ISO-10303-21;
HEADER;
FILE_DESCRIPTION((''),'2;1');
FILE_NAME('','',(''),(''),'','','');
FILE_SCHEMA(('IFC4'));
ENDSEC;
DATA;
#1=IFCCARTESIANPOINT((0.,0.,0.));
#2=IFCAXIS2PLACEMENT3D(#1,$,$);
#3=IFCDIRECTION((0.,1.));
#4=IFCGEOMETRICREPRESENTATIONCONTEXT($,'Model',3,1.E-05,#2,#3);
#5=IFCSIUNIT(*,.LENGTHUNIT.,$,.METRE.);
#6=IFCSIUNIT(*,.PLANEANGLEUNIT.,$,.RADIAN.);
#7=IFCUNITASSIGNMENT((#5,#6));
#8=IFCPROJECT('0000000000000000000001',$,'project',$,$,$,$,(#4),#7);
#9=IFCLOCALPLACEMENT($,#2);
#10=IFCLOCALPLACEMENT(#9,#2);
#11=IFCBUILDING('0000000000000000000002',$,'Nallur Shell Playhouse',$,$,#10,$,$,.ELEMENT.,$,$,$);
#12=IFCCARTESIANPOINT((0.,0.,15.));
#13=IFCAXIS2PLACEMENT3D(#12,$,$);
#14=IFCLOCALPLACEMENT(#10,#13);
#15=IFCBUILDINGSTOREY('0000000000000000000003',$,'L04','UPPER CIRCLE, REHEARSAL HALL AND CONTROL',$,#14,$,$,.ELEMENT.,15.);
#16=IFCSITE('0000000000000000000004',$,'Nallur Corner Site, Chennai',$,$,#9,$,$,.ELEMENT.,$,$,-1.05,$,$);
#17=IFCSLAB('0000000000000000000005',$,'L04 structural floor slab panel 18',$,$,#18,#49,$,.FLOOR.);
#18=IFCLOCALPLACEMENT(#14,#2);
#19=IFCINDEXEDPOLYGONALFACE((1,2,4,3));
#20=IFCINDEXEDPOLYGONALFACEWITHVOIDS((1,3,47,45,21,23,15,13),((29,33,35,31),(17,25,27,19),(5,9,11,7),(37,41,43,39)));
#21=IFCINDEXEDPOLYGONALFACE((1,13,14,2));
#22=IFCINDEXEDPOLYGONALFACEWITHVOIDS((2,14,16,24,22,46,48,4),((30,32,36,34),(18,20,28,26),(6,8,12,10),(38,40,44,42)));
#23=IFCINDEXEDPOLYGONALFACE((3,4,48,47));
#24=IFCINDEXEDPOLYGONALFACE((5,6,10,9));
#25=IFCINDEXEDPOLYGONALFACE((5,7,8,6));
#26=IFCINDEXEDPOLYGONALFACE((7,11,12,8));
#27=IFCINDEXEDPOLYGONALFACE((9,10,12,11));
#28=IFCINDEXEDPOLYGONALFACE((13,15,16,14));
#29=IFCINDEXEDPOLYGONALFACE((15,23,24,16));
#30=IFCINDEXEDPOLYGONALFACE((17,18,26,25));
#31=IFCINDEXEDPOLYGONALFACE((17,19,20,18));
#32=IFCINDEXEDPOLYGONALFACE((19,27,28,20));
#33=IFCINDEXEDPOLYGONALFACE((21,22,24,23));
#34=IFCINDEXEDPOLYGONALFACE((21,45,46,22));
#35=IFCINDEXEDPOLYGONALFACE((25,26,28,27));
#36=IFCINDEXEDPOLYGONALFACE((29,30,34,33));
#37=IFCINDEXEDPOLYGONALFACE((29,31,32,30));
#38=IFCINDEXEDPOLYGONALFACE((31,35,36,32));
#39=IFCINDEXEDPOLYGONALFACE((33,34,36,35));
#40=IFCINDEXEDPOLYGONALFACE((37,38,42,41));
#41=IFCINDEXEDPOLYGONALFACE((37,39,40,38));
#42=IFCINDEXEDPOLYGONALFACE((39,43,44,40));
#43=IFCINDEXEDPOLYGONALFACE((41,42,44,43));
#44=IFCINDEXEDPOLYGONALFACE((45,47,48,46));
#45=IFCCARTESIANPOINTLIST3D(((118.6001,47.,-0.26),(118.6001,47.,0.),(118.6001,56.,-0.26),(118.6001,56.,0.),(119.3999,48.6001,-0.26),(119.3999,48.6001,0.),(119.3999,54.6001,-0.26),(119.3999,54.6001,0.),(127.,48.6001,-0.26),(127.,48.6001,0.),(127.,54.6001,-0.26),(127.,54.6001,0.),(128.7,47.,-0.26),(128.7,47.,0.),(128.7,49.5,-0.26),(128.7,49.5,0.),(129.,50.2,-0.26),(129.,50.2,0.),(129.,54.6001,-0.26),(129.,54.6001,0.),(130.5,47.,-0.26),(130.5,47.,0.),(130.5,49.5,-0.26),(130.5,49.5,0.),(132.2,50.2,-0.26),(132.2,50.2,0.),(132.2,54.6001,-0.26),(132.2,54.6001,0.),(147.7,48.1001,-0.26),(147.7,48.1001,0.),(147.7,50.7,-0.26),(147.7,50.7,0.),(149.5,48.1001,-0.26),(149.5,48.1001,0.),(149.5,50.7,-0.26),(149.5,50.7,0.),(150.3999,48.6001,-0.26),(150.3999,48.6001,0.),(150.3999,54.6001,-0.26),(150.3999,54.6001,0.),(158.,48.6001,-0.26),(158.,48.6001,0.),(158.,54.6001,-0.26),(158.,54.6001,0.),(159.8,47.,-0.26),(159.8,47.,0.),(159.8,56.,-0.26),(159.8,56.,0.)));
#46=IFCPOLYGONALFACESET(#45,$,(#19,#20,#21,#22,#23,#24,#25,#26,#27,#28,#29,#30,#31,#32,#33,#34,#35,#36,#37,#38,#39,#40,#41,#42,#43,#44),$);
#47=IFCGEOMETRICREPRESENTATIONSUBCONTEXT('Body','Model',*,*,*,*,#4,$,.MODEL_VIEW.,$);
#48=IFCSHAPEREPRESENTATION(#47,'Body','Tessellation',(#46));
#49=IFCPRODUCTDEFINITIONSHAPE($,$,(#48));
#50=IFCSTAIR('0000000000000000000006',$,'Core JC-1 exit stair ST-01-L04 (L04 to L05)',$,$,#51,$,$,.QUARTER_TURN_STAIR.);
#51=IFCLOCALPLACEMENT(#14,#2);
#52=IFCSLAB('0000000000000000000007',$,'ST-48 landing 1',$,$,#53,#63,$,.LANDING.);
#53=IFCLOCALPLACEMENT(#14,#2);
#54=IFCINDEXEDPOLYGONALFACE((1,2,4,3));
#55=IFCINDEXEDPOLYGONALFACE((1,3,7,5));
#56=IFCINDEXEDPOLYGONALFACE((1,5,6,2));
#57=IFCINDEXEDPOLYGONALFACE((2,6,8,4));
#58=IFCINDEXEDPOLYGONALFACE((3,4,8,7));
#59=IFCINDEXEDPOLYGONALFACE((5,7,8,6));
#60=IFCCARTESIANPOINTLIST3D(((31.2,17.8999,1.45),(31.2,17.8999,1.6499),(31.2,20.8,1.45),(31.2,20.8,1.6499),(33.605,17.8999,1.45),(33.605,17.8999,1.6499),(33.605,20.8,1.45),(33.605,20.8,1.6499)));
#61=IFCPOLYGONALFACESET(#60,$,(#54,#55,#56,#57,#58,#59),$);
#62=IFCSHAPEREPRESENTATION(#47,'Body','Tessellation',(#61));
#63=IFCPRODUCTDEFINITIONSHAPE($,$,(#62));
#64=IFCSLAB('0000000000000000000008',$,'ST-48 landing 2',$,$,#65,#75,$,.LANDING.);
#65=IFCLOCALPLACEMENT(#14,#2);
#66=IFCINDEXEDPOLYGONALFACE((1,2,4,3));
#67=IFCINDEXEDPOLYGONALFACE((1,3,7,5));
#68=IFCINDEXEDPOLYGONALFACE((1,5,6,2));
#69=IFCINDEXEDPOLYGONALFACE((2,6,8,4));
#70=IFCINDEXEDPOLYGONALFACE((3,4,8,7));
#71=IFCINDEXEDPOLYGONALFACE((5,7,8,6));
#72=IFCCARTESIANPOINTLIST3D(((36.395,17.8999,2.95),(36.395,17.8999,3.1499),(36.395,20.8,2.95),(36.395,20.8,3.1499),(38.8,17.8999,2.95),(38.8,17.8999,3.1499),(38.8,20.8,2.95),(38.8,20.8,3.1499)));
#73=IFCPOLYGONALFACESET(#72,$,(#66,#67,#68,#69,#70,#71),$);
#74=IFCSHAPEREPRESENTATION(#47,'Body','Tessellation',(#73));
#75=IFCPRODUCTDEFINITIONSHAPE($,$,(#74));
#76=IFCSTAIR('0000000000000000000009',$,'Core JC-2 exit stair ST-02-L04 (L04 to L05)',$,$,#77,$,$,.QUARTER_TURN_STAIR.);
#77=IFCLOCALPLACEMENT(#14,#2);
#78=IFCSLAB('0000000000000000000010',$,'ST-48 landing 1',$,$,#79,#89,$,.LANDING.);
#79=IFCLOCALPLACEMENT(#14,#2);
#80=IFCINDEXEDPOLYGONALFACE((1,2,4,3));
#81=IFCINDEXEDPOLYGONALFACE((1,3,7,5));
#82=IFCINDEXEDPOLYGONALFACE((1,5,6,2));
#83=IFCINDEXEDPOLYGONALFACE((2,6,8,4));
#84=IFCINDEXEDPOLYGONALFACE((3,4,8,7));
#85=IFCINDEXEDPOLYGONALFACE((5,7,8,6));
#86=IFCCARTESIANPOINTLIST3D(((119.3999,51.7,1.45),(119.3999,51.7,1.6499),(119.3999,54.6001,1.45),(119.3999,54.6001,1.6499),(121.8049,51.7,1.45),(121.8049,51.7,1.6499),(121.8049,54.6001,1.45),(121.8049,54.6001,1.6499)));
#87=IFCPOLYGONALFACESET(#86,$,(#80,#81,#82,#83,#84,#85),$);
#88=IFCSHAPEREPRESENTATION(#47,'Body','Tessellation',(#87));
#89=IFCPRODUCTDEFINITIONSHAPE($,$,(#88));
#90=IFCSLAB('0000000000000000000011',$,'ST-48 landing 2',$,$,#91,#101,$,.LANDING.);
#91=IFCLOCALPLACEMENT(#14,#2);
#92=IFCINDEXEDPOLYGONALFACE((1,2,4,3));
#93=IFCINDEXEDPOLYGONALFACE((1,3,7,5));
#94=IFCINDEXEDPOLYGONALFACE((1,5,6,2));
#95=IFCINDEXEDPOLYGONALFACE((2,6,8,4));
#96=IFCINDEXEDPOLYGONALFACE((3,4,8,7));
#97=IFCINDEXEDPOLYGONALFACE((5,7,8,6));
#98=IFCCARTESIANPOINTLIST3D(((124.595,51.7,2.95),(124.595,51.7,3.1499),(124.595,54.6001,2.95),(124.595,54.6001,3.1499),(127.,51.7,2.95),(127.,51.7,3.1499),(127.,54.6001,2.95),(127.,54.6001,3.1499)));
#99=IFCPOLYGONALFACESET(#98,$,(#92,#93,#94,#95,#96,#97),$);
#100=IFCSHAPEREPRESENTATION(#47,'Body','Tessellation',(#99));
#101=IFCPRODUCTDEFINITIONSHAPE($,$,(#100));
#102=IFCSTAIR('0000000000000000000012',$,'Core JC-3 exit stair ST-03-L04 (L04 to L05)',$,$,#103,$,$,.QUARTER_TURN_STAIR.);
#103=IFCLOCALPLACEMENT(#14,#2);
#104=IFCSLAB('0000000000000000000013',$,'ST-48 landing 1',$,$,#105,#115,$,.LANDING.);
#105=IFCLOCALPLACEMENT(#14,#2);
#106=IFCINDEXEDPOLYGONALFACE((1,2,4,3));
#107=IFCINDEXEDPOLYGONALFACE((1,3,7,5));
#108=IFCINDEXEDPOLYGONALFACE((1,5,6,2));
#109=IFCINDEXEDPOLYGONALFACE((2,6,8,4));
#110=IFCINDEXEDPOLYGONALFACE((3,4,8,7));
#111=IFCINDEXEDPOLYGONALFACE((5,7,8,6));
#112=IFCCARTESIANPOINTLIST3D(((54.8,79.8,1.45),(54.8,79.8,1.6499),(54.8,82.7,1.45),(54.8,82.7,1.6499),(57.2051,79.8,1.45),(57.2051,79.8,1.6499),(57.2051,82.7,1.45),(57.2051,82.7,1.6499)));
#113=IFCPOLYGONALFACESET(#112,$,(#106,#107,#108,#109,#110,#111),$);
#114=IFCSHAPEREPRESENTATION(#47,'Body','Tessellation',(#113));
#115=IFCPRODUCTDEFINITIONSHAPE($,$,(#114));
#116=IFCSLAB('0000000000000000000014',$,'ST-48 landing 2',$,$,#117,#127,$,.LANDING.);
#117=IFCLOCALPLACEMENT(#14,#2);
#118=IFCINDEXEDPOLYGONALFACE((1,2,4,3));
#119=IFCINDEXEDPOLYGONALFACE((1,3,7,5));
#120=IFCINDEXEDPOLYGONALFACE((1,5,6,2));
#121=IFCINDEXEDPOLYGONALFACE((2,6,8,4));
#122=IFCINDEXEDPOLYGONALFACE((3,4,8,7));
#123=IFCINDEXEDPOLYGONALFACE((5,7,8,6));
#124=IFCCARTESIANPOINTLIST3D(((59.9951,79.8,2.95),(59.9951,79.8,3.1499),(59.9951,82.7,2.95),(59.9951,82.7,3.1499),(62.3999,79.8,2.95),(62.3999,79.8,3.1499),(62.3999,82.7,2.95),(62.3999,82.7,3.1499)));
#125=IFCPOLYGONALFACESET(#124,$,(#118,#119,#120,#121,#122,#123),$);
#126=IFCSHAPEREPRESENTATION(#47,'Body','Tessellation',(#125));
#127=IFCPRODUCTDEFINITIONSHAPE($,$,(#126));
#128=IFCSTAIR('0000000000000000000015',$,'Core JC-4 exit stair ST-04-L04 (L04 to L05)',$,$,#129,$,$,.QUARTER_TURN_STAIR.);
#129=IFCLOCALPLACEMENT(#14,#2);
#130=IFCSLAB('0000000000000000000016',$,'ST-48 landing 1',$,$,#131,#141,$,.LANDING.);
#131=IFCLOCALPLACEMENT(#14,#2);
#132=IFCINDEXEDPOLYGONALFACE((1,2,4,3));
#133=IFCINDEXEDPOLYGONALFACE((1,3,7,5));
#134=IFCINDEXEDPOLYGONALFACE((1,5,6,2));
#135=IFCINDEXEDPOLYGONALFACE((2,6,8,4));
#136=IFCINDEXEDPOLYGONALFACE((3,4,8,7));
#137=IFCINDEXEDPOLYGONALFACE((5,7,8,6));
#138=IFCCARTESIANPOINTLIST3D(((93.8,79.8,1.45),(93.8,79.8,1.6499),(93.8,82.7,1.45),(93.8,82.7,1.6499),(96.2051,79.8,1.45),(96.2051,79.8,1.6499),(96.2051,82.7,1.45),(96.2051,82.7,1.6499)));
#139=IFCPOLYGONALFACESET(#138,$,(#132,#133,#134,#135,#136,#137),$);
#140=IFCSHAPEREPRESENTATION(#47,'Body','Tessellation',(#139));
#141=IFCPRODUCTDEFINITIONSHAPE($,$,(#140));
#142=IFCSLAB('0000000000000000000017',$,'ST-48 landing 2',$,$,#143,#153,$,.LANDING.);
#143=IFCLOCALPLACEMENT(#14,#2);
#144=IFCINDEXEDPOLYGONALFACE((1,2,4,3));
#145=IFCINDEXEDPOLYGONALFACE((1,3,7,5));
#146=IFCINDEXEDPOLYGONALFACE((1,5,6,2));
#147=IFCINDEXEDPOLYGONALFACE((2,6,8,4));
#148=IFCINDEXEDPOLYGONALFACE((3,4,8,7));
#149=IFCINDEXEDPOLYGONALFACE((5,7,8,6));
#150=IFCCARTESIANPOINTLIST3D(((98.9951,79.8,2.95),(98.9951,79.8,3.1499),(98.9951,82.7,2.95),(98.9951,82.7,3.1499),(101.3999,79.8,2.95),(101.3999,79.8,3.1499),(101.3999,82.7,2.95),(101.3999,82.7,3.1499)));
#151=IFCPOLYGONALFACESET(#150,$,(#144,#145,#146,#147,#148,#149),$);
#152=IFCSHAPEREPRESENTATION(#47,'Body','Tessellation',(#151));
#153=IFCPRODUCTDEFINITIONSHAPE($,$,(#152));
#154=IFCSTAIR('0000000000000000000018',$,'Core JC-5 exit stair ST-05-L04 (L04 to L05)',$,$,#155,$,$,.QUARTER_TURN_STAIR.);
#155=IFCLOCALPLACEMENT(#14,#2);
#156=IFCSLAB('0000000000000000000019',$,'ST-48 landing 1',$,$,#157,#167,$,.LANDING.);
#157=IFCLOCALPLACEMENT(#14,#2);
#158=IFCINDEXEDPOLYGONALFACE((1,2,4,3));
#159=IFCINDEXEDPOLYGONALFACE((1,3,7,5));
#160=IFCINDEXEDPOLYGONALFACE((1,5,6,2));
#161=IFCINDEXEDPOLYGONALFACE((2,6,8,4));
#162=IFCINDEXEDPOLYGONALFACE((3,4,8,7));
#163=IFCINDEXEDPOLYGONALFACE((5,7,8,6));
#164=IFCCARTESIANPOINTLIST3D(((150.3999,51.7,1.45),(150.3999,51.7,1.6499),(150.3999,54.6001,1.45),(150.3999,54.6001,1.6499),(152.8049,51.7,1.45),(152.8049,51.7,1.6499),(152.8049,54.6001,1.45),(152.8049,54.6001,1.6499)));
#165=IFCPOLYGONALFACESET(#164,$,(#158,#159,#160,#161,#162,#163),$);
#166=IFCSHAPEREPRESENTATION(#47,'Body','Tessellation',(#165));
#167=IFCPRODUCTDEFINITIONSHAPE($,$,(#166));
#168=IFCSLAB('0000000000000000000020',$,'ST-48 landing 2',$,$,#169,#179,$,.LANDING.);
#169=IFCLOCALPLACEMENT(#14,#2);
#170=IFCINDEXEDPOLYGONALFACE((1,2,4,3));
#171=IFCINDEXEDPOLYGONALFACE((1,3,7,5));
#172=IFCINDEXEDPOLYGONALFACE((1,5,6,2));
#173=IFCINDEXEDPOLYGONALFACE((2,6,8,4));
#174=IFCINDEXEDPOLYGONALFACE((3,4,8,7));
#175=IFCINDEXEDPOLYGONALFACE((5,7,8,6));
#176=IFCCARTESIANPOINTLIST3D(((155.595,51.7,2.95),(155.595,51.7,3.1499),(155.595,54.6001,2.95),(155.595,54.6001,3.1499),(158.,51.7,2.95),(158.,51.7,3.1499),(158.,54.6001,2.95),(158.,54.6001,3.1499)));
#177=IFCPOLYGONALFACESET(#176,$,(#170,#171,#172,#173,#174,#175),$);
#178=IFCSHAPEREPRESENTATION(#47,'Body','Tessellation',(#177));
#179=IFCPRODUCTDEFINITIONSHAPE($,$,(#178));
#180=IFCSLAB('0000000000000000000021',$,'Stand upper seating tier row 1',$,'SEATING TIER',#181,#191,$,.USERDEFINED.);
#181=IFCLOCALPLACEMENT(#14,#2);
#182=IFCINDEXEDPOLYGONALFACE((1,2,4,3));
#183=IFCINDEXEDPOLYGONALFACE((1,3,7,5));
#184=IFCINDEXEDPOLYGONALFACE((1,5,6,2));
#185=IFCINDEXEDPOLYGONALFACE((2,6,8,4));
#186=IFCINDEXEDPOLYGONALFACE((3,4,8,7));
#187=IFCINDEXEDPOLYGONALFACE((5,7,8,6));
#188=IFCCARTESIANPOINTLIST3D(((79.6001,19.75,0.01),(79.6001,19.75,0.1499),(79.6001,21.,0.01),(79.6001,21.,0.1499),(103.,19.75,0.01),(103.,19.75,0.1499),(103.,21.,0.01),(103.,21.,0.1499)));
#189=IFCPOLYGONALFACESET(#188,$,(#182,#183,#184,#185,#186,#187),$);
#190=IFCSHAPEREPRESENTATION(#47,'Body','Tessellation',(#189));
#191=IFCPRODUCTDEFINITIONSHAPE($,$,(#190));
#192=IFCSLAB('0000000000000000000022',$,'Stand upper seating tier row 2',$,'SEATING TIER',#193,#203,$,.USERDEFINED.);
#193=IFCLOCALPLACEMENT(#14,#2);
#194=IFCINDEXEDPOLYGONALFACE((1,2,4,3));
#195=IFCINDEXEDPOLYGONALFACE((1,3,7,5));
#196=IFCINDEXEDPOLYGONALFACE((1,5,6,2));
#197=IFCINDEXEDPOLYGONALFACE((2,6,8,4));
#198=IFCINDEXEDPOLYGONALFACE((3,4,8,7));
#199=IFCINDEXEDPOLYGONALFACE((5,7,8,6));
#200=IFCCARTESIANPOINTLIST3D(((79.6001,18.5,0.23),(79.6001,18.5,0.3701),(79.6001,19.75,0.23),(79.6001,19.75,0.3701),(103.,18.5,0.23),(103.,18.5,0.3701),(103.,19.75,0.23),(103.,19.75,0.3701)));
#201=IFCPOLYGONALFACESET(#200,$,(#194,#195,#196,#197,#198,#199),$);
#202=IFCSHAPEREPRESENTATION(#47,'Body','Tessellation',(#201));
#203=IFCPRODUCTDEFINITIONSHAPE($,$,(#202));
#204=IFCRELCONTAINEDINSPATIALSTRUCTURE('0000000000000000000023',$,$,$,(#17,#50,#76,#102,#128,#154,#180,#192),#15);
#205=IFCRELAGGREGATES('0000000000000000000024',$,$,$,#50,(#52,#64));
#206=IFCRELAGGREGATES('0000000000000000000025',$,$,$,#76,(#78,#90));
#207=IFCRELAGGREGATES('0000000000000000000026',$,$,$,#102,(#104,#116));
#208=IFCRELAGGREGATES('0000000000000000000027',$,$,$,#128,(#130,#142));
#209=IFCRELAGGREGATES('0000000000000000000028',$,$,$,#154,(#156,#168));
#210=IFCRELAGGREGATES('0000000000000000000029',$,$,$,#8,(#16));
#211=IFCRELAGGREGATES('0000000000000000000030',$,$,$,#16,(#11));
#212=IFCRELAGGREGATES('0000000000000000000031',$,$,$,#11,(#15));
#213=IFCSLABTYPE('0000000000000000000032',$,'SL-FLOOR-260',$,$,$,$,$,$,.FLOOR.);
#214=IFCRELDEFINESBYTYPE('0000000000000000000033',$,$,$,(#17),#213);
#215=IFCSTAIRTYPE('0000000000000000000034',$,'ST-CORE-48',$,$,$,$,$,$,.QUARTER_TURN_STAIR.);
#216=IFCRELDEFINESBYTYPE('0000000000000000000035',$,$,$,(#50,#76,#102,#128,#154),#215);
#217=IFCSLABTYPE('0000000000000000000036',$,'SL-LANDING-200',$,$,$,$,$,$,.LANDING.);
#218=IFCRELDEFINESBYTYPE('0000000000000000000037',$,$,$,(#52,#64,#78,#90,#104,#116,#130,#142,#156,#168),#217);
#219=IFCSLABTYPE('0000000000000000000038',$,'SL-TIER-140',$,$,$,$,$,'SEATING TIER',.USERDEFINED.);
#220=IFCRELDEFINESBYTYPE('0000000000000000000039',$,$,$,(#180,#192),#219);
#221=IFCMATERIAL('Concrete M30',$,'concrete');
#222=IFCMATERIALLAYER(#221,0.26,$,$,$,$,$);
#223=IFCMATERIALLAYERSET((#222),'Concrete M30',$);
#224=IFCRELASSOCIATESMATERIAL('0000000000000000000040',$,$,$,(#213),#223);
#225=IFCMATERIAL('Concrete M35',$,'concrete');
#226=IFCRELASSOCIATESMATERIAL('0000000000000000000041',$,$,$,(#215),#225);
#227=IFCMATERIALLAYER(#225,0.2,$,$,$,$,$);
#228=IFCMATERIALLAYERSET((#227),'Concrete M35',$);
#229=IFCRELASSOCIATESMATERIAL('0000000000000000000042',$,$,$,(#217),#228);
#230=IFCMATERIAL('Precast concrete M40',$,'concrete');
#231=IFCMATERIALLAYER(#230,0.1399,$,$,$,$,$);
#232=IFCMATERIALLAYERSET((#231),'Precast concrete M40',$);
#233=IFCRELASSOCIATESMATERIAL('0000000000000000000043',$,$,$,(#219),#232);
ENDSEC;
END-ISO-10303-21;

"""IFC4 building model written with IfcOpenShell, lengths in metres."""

from ifc_helpers import new_model, si_unit, direction, frame, origin, place, context, subcontext, project, spatial, polyline, outline, extrude, material, layer, layer_set, type_object, element, aggregate, save


model = new_model("IFC4")

# Units and contexts
model_context = context("Model", 3, precision=1e-05, world=origin(), true_north=direction((0.0, 1.0)))
body_context = subcontext(model_context, "Body", "Model", "MODEL_VIEW")
ifc_project = project(units=[si_unit("LENGTHUNIT", "METRE"), si_unit("PLANEANGLEUNIT", "RADIAN")], contexts=[model_context])

# Site, building, storey
site_placement = place(None, origin())
site = spatial("IfcSite", under=ifc_project, at=site_placement, Name="Nallur Corner Site, Chennai", CompositionType="ELEMENT", RefElevation=-1.05)
building_placement = place(site_placement, origin())
building = spatial("IfcBuilding", under=site, at=building_placement, Name="Nallur Shell Playhouse", CompositionType="ELEMENT")
storey_placement = place(building_placement, frame((0.0, 0.0, 15.0)))
storey = spatial("IfcBuildingStorey", under=building, at=storey_placement, Name="L04", Description="UPPER CIRCLE, REHEARSAL HALL AND CONTROL", CompositionType="ELEMENT", Elevation=15.0)

# Slab
ifc_material_1 = material(Name="Concrete M35", Category="concrete")
ifc_material_2 = material(Name="Concrete M30", Category="concrete")
ifc_layer_1 = layer(ifc_material_2, 0.26)
ifc_layer_set_1 = layer_set([ifc_layer_1], Name="Concrete M30")
slab_type_1 = type_object("IfcSlabType", Name="SL-FLOOR-260", PredefinedType="FLOOR", material=ifc_layer_set_1)
slab_1_placement = place(storey_placement, frame((0.0, 0.0, -0.26)))
element("IfcSlab", 1, at=slab_1_placement, inside=storey, type_object=slab_type_1, Name="L04 structural floor slab panel 18", PredefinedType="FLOOR", context=body_context, shape_type="SweptSolid", body=[
    extrude(outline(polyline([(118.6001, 56.0), (159.8, 56.0), (159.8, 47.0), (130.5, 47.0), (130.5, 49.5), (128.7, 49.5), (128.7, 47.0), (118.6001, 47.0), (118.6001, 56.0)]), holes=[polyline([(147.7, 50.7), (147.7, 48.1001), (149.5, 48.1001), (149.5, 50.7), (147.7, 50.7)]), polyline([(127.0, 48.6001), (127.0, 54.6001), (119.3999, 54.6001), (119.3999, 48.6001), (127.0, 48.6001)]), polyline([(158.0, 48.6001), (158.0, 54.6001), (150.3999, 54.6001), (150.3999, 48.6001), (158.0, 48.6001)]), polyline([(129.0, 54.6001), (129.0, 50.2), (132.2, 50.2), (132.2, 54.6001), (129.0, 54.6001)])]), origin(), (0.0, 0.0, 1.0), 0.26),
])

# Stairs, slabs
stair_type = type_object("IfcStairType", Name="ST-CORE-48", PredefinedType="QUARTER_TURN_STAIR", material=ifc_material_1)
stair_1_placement = place(storey_placement, origin())
stair_1 = element("IfcStair", 2, at=stair_1_placement, inside=storey, type_object=stair_type, Name="Core JC-1 exit stair ST-01-L04 (L04 to L05)", PredefinedType="QUARTER_TURN_STAIR")
ifc_layer_2 = layer(ifc_material_1, 0.2)
ifc_layer_set_2 = layer_set([ifc_layer_2], Name="Concrete M35")
slab_type_2 = type_object("IfcSlabType", Name="SL-LANDING-200", PredefinedType="LANDING", material=ifc_layer_set_2)
slab_2_placement = place(storey_placement, frame((0.0, 0.0, 1.45)))
slab_2 = element("IfcSlab", 3, at=slab_2_placement, type_object=slab_type_2, Name="ST-48 landing 1", PredefinedType="LANDING", context=body_context, shape_type="SweptSolid", body=[
    extrude(outline(polyline([(31.2, 17.8999), (33.605, 17.8999), (33.605, 20.8), (31.2, 20.8), (31.2, 17.8999)])), origin(), (0.0, 0.0, 1.0), 0.2),
])
slab_3_placement = place(storey_placement, frame((0.0, 0.0, 2.95)))
slab_3 = element("IfcSlab", 4, at=slab_3_placement, type_object=slab_type_2, Name="ST-48 landing 2", PredefinedType="LANDING", context=body_context, shape_type="SweptSolid", body=[
    extrude(outline(polyline([(36.395, 17.8999), (38.8, 17.8999), (38.8, 20.8), (36.395, 20.8), (36.395, 17.8999)])), origin(), (0.0, 0.0, 1.0), 0.2),
])
aggregate(stair_1, [slab_2, slab_3])
stair_2_placement = place(storey_placement, origin())
stair_2 = element("IfcStair", 5, at=stair_2_placement, inside=storey, type_object=stair_type, Name="Core JC-2 exit stair ST-02-L04 (L04 to L05)", PredefinedType="QUARTER_TURN_STAIR")
slab_4_placement = place(storey_placement, frame((0.0, 0.0, 1.45)))
slab_4 = element("IfcSlab", 6, at=slab_4_placement, type_object=slab_type_2, Name="ST-48 landing 1", PredefinedType="LANDING", context=body_context, shape_type="SweptSolid", body=[
    extrude(outline(polyline([(119.3999, 51.7), (121.8049, 51.7), (121.8049, 54.6001), (119.3999, 54.6001), (119.3999, 51.7)])), origin(), (0.0, 0.0, 1.0), 0.2),
])
slab_5_placement = place(storey_placement, frame((0.0, 0.0, 2.95)))
slab_5 = element("IfcSlab", 7, at=slab_5_placement, type_object=slab_type_2, Name="ST-48 landing 2", PredefinedType="LANDING", context=body_context, shape_type="SweptSolid", body=[
    extrude(outline(polyline([(124.595, 51.7), (127.0, 51.7), (127.0, 54.6001), (124.595, 54.6001), (124.595, 51.7)])), origin(), (0.0, 0.0, 1.0), 0.2),
])
aggregate(stair_2, [slab_4, slab_5])
stair_3_placement = place(storey_placement, origin())
stair_3 = element("IfcStair", 8, at=stair_3_placement, inside=storey, type_object=stair_type, Name="Core JC-3 exit stair ST-03-L04 (L04 to L05)", PredefinedType="QUARTER_TURN_STAIR")
slab_6_placement = place(storey_placement, frame((0.0, 0.0, 1.45)))
slab_6 = element("IfcSlab", 9, at=slab_6_placement, type_object=slab_type_2, Name="ST-48 landing 1", PredefinedType="LANDING", context=body_context, shape_type="SweptSolid", body=[
    extrude(outline(polyline([(54.8, 79.8), (57.2051, 79.8), (57.2051, 82.7), (54.8, 82.7), (54.8, 79.8)])), origin(), (0.0, 0.0, 1.0), 0.2),
])
slab_7_placement = place(storey_placement, frame((0.0, 0.0, 2.95)))
slab_7 = element("IfcSlab", 10, at=slab_7_placement, type_object=slab_type_2, Name="ST-48 landing 2", PredefinedType="LANDING", context=body_context, shape_type="SweptSolid", body=[
    extrude(outline(polyline([(59.9951, 79.8), (62.3999, 79.8), (62.3999, 82.7), (59.9951, 82.7), (59.9951, 79.8)])), origin(), (0.0, 0.0, 1.0), 0.2),
])
aggregate(stair_3, [slab_6, slab_7])
stair_4_placement = place(storey_placement, origin())
stair_4 = element("IfcStair", 11, at=stair_4_placement, inside=storey, type_object=stair_type, Name="Core JC-4 exit stair ST-04-L04 (L04 to L05)", PredefinedType="QUARTER_TURN_STAIR")
slab_8_placement = place(storey_placement, frame((0.0, 0.0, 1.45)))
slab_8 = element("IfcSlab", 12, at=slab_8_placement, type_object=slab_type_2, Name="ST-48 landing 1", PredefinedType="LANDING", context=body_context, shape_type="SweptSolid", body=[
    extrude(outline(polyline([(93.8, 79.8), (96.2051, 79.8), (96.2051, 82.7), (93.8, 82.7), (93.8, 79.8)])), origin(), (0.0, 0.0, 1.0), 0.2),
])
slab_9_placement = place(storey_placement, frame((0.0, 0.0, 2.95)))
slab_9 = element("IfcSlab", 13, at=slab_9_placement, type_object=slab_type_2, Name="ST-48 landing 2", PredefinedType="LANDING", context=body_context, shape_type="SweptSolid", body=[
    extrude(outline(polyline([(98.9951, 79.8), (101.3999, 79.8), (101.3999, 82.7), (98.9951, 82.7), (98.9951, 79.8)])), origin(), (0.0, 0.0, 1.0), 0.2),
])
aggregate(stair_4, [slab_8, slab_9])
stair_5_placement = place(storey_placement, origin())
stair_5 = element("IfcStair", 14, at=stair_5_placement, inside=storey, type_object=stair_type, Name="Core JC-5 exit stair ST-05-L04 (L04 to L05)", PredefinedType="QUARTER_TURN_STAIR")
slab_10_placement = place(storey_placement, frame((0.0, 0.0, 1.45)))
slab_10 = element("IfcSlab", 15, at=slab_10_placement, type_object=slab_type_2, Name="ST-48 landing 1", PredefinedType="LANDING", context=body_context, shape_type="SweptSolid", body=[
    extrude(outline(polyline([(150.3999, 51.7), (152.8049, 51.7), (152.8049, 54.6001), (150.3999, 54.6001), (150.3999, 51.7)])), origin(), (0.0, 0.0, 1.0), 0.2),
])
slab_11_placement = place(storey_placement, frame((0.0, 0.0, 2.95)))
slab_11 = element("IfcSlab", 16, at=slab_11_placement, type_object=slab_type_2, Name="ST-48 landing 2", PredefinedType="LANDING", context=body_context, shape_type="SweptSolid", body=[
    extrude(outline(polyline([(155.595, 51.7), (158.0, 51.7), (158.0, 54.6001), (155.595, 54.6001), (155.595, 51.7)])), origin(), (0.0, 0.0, 1.0), 0.2),
])
aggregate(stair_5, [slab_10, slab_11])

# Slabs
ifc_material_3 = material(Name="Precast concrete M40", Category="concrete")
ifc_layer_3 = layer(ifc_material_3, 0.1399)
ifc_layer_set_3 = layer_set([ifc_layer_3], Name="Precast concrete M40")
slab_type_3 = type_object("IfcSlabType", Name="SL-TIER-140", ElementType="SEATING TIER", PredefinedType="USERDEFINED", material=ifc_layer_set_3)
slab_12_placement = place(storey_placement, frame((0.0, 0.0, 0.01)))
element("IfcSlab", 17, at=slab_12_placement, inside=storey, type_object=slab_type_3, Name="Stand upper seating tier row 1", ObjectType="SEATING TIER", PredefinedType="USERDEFINED", context=body_context, shape_type="SweptSolid", body=[
    extrude(outline(polyline([(79.6001, 21.0), (103.0, 21.0), (103.0, 19.75), (79.6001, 19.75), (79.6001, 21.0)])), origin(), (0.0, 0.0, 1.0), 0.1399),
])
slab_13_placement = place(storey_placement, frame((0.0, 0.0, 0.23)))
element("IfcSlab", 18, at=slab_13_placement, inside=storey, type_object=slab_type_3, Name="Stand upper seating tier row 2", ObjectType="SEATING TIER", PredefinedType="USERDEFINED", context=body_context, shape_type="SweptSolid", body=[
    extrude(outline(polyline([(79.6001, 19.75), (103.0, 19.75), (103.0, 18.5), (79.6001, 18.5), (79.6001, 19.75)])), origin(), (0.0, 0.0, 1.0), 0.1401),
])

save(model, "model.ifc")
